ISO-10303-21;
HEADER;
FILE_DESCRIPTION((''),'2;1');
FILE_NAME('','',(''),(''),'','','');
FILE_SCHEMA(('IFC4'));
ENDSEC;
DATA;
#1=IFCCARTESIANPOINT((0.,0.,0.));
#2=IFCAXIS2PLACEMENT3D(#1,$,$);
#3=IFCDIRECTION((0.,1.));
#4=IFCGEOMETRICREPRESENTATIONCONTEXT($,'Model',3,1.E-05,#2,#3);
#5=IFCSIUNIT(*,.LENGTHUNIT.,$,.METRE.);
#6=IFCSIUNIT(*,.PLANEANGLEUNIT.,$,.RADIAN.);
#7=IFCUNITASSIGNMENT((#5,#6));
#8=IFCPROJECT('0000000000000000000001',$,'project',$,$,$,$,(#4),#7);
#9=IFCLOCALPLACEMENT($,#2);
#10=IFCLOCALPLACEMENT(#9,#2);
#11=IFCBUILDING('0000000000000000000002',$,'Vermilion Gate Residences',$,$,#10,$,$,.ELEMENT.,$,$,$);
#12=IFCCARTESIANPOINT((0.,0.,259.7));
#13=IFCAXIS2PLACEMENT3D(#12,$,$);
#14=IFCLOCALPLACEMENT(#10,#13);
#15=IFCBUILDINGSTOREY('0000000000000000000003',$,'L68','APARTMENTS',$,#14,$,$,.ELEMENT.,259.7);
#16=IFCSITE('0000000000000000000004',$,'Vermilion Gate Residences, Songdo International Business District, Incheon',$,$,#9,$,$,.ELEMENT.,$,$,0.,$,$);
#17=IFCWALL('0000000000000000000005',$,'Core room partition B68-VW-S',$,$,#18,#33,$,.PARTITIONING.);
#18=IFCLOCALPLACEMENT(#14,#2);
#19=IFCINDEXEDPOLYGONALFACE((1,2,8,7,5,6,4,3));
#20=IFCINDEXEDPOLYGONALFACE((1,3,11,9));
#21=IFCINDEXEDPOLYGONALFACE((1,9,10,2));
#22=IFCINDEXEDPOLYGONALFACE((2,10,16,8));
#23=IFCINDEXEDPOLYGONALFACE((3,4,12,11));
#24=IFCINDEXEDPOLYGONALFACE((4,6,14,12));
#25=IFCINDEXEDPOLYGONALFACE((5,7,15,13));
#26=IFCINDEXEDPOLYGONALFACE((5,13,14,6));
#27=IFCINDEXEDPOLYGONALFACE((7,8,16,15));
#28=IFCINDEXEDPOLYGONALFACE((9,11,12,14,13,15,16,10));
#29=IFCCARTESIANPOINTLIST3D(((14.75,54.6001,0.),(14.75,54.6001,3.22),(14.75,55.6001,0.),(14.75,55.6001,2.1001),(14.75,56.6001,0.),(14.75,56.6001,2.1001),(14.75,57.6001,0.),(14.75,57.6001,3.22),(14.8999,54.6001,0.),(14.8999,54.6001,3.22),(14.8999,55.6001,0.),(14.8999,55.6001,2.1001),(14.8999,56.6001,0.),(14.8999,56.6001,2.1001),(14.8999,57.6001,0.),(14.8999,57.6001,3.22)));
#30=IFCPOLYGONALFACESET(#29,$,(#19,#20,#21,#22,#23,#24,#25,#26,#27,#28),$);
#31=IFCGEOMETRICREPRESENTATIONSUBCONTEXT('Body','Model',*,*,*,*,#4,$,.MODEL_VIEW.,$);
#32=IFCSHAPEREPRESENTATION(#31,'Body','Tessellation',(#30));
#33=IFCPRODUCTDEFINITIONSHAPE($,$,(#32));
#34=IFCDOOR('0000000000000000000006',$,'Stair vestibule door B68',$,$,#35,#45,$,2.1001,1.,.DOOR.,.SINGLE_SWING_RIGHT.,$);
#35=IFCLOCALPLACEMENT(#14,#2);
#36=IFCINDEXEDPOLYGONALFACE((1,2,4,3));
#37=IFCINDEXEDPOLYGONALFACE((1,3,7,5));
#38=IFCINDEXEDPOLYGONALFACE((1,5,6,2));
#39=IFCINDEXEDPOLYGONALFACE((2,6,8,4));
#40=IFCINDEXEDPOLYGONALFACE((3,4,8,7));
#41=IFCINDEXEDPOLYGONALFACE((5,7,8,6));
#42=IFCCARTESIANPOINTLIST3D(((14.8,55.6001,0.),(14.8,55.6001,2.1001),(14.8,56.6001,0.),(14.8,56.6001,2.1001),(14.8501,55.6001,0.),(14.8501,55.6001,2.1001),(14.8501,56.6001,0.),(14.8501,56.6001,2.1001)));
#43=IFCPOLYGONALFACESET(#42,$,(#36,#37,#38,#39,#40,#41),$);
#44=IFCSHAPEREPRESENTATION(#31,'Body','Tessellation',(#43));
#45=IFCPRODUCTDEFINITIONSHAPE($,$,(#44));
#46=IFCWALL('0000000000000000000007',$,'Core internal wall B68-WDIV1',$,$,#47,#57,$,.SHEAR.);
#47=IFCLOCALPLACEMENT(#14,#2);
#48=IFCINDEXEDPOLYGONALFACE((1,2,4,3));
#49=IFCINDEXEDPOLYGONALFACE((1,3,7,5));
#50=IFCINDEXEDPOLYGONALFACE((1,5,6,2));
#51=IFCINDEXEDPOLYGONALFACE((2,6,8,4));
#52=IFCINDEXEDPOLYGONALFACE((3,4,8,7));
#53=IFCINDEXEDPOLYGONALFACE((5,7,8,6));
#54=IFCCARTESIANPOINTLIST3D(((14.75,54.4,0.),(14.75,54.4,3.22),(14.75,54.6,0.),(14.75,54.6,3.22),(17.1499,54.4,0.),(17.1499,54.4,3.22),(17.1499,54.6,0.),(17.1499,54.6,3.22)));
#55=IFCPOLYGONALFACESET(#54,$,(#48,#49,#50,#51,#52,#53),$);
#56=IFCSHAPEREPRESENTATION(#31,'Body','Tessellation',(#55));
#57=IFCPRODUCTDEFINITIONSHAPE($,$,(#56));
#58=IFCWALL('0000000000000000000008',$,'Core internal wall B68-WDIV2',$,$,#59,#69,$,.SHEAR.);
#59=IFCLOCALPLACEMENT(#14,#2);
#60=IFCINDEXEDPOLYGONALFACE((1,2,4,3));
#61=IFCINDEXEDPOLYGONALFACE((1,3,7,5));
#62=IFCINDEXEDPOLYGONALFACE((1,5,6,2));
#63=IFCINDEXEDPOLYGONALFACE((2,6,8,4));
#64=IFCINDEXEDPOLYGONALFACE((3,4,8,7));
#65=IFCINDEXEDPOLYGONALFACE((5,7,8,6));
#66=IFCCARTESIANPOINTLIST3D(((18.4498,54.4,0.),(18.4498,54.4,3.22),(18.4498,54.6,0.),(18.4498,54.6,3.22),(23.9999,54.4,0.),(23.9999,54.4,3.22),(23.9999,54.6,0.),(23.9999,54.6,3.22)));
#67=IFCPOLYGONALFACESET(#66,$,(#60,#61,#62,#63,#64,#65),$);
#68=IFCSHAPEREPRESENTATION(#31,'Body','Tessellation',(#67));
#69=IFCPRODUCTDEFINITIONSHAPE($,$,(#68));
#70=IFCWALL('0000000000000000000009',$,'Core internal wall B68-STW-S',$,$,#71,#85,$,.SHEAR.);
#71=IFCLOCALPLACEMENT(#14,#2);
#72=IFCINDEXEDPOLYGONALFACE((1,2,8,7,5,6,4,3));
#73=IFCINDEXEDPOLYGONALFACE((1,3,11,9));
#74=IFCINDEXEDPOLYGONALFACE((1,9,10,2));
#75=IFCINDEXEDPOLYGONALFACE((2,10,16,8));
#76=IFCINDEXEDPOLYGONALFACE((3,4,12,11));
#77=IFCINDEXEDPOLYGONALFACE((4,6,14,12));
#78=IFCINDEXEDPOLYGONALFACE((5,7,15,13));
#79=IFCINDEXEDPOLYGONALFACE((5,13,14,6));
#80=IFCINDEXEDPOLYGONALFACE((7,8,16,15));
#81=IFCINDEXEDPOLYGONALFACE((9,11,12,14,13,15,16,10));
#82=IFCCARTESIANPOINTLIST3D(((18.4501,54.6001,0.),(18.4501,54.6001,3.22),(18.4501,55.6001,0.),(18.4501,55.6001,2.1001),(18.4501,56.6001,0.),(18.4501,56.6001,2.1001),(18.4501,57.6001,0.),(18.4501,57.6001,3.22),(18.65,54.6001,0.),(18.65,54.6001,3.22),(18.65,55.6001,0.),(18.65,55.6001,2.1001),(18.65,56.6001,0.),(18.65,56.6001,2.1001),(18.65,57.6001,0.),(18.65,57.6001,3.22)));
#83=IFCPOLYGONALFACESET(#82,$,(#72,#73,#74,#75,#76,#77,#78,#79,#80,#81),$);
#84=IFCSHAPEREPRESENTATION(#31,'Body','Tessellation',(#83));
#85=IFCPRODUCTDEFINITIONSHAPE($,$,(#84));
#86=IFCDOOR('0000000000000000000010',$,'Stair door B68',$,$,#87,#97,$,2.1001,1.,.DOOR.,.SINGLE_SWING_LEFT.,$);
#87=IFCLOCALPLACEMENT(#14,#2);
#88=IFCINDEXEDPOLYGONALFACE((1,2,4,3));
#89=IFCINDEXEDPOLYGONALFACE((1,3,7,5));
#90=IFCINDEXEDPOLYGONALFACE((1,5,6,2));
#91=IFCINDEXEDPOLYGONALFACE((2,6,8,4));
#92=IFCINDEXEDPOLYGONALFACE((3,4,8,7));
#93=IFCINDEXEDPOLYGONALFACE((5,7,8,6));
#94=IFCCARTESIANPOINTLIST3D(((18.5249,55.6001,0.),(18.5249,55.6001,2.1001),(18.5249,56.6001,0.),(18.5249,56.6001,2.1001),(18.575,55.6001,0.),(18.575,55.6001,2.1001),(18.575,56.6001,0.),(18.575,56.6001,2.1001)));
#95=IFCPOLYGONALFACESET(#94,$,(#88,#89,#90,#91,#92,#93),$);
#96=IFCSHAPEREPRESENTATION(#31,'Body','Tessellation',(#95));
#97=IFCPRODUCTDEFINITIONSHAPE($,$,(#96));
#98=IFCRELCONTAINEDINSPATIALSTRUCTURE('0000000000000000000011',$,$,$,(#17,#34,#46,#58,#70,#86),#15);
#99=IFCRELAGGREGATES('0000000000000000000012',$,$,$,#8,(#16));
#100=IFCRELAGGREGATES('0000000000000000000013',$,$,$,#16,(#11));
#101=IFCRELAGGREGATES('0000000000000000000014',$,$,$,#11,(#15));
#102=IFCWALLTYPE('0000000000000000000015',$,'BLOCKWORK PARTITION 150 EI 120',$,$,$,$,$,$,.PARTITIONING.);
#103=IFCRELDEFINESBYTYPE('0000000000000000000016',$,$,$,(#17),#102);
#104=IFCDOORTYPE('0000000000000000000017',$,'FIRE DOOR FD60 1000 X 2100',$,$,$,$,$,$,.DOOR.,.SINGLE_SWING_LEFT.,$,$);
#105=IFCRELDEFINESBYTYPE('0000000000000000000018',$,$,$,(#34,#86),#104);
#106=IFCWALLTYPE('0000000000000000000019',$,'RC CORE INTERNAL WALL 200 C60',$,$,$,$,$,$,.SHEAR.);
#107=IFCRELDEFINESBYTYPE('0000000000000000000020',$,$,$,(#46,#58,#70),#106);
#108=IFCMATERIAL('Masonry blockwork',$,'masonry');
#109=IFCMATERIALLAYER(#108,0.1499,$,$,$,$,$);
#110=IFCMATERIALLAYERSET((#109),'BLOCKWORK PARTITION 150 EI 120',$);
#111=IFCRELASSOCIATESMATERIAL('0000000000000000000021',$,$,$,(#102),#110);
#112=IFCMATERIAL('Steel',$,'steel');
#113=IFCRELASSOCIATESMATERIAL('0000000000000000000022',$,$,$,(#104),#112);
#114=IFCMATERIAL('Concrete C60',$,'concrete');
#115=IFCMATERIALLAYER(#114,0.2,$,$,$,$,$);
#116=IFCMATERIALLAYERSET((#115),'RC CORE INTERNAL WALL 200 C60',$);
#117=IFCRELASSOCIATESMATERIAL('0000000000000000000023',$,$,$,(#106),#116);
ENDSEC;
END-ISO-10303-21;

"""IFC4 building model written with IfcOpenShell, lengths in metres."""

from ifc_helpers import new_model, si_unit, direction, frame, frame_2d, origin, place, context, subcontext, project, spatial, rectangle, extrude, material, layer, layer_set, type_object, element, fill, save


model = new_model("IFC4")

# Units and contexts
model_context = context("Model", 3, precision=1e-05, world=origin(), true_north=direction((0.0, 1.0)))
body_context = subcontext(model_context, "Body", "Model", "MODEL_VIEW")
ifc_project = project(units=[si_unit("LENGTHUNIT", "METRE"), si_unit("PLANEANGLEUNIT", "RADIAN")], contexts=[model_context])

# Site, building, storey
site_placement = place(None, origin())
site = spatial("IfcSite", under=ifc_project, at=site_placement, Name="Vermilion Gate Residences, Songdo International Business District, Incheon", CompositionType="ELEMENT", RefElevation=0.0)
building_placement = place(site_placement, origin())
building = spatial("IfcBuilding", under=site, at=building_placement, Name="Vermilion Gate Residences", CompositionType="ELEMENT")
storey_placement = place(building_placement, frame((0.0, 0.0, 259.7)))
storey = spatial("IfcBuildingStorey", under=building, at=storey_placement, Name="L68", Description="APARTMENTS", CompositionType="ELEMENT", Elevation=259.7)

# Wall, opening, door
ifc_material_1 = material(Name="Masonry blockwork", Category="masonry")
ifc_layer_1 = layer(ifc_material_1, 0.1499)
ifc_layer_set_1 = layer_set([ifc_layer_1], Name="BLOCKWORK PARTITION 150 EI 120")
wall_type_1 = type_object("IfcWallType", Name="BLOCKWORK PARTITION 150 EI 120", PredefinedType="PARTITIONING", material=ifc_layer_set_1)
wall_1_placement = place(storey_placement, frame((14.825, 57.6001, 0.0), z_axis=(0.0, 0.0, 1.0), x_axis=(0.0, -1.0, 0.0)))
wall_1 = element("IfcWall", 1, at=wall_1_placement, inside=storey, type_object=wall_type_1, Name="Core room partition B68-VW-S", PredefinedType="PARTITIONING", context=body_context, shape_type="SweptSolid", body=[
    extrude(rectangle(XDim=3.0, YDim=0.1499, at=frame_2d((1.5, 0.0))), origin(), (0.0, 0.0, 1.0), 3.22),
])
opening_1_placement = place(wall_1_placement, frame((1.0, 0.0, 0.0)))
opening_1 = element("IfcOpeningElement", 2, at=opening_1_placement, cuts=wall_1, PredefinedType="OPENING", context=body_context, shape_type="SweptSolid", body=[
    extrude(rectangle(XDim=1.0, YDim=2.1001, at=frame_2d((0.5, 1.05))), frame((0.0, 0.085, 0.0), z_axis=(0.0, -1.0, 0.0), x_axis=(1.0, 0.0, 0.0)), (0.0, 0.0, 1.0), 0.1699),
])
ifc_material_2 = material(Name="Steel", Category="steel")
door_type = type_object("IfcDoorType", Name="FIRE DOOR FD60 1000 X 2100", OperationType="SINGLE_SWING_LEFT", PredefinedType="DOOR", material=ifc_material_2)
door_1_placement = place(opening_1_placement, frame((1.0, 0.0, 0.0), z_axis=(0.0, 0.0, 1.0), x_axis=(-1.0, 0.0, 0.0)))
door_1 = element("IfcDoor", 3, at=door_1_placement, inside=storey, type_object=door_type, Name="Stair vestibule door B68", OperationType="SINGLE_SWING_RIGHT", OverallHeight=2.1001, OverallWidth=1.0, PredefinedType="DOOR", context=body_context, shape_type="SweptSolid", body=[
    extrude(rectangle(XDim=1.0, YDim=2.1001, at=frame_2d((0.5, 1.05))), frame((0.0, 0.0249, 0.0), z_axis=(0.0, -1.0, 0.0), x_axis=(1.0, 0.0, 0.0)), (0.0, 0.0, 1.0), 0.05),
])
fill(opening_1, door_1)

# Walls
ifc_material_3 = material(Name="Concrete C60", Category="concrete")
ifc_layer_2 = layer(ifc_material_3, 0.2)
ifc_layer_set_2 = layer_set([ifc_layer_2], Name="RC CORE INTERNAL WALL 200 C60")
wall_type_2 = type_object("IfcWallType", Name="RC CORE INTERNAL WALL 200 C60", PredefinedType="SHEAR", material=ifc_layer_set_2)
wall_2_placement = place(storey_placement, frame((14.75, 54.5, 0.0), z_axis=(0.0, 0.0, 1.0), x_axis=(1.0, 0.0, 0.0)))
element("IfcWall", 4, at=wall_2_placement, inside=storey, type_object=wall_type_2, Name="Core internal wall B68-WDIV1", PredefinedType="SHEAR", context=body_context, shape_type="SweptSolid", body=[
    extrude(rectangle(XDim=2.3999, YDim=0.2, at=frame_2d((1.2, 0.0))), origin(), (0.0, 0.0, 1.0), 3.22),
])
wall_3_placement = place(storey_placement, frame((18.45, 54.5, 0.0), z_axis=(0.0, 0.0, 1.0), x_axis=(1.0, 0.0, 0.0)))
element("IfcWall", 5, at=wall_3_placement, inside=storey, type_object=wall_type_2, Name="Core internal wall B68-WDIV2", PredefinedType="SHEAR", context=body_context, shape_type="SweptSolid", body=[
    extrude(rectangle(XDim=5.55, YDim=0.2, at=frame_2d((2.7749, 0.0))), origin(), (0.0, 0.0, 1.0), 3.22),
])

# Wall, opening, door
wall_4_placement = place(storey_placement, frame((18.55, 57.6001, 0.0), z_axis=(0.0, 0.0, 1.0), x_axis=(0.0, -1.0, 0.0)))
wall_4 = element("IfcWall", 6, at=wall_4_placement, inside=storey, type_object=wall_type_2, Name="Core internal wall B68-STW-S", PredefinedType="SHEAR", context=body_context, shape_type="SweptSolid", body=[
    extrude(rectangle(XDim=3.0, YDim=0.2, at=frame_2d((1.5, 0.0))), origin(), (0.0, 0.0, 1.0), 3.22),
])
opening_2_placement = place(wall_4_placement, frame((1.0, 0.0, 0.0)))
opening_2 = element("IfcOpeningElement", 7, at=opening_2_placement, cuts=wall_4, PredefinedType="OPENING", context=body_context, shape_type="SweptSolid", body=[
    extrude(rectangle(XDim=1.0, YDim=2.1001, at=frame_2d((0.5, 1.05))), frame((0.0, 0.1099, 0.0), z_axis=(0.0, -1.0, 0.0), x_axis=(1.0, 0.0, 0.0)), (0.0, 0.0, 1.0), 0.22),
])
door_2_placement = place(opening_2_placement, origin())
door_2 = element("IfcDoor", 8, at=door_2_placement, inside=storey, type_object=door_type, Name="Stair door B68", OperationType="SINGLE_SWING_LEFT", OverallHeight=2.1001, OverallWidth=1.0, PredefinedType="DOOR", context=body_context, shape_type="SweptSolid", body=[
    extrude(rectangle(XDim=1.0, YDim=2.1001, at=frame_2d((0.5, 1.05))), frame((0.0, 0.0249, 0.0), z_axis=(0.0, -1.0, 0.0), x_axis=(1.0, 0.0, 0.0)), (0.0, 0.0, 1.0), 0.05),
])
fill(opening_2, door_2)

save(model, "model.ifc")
